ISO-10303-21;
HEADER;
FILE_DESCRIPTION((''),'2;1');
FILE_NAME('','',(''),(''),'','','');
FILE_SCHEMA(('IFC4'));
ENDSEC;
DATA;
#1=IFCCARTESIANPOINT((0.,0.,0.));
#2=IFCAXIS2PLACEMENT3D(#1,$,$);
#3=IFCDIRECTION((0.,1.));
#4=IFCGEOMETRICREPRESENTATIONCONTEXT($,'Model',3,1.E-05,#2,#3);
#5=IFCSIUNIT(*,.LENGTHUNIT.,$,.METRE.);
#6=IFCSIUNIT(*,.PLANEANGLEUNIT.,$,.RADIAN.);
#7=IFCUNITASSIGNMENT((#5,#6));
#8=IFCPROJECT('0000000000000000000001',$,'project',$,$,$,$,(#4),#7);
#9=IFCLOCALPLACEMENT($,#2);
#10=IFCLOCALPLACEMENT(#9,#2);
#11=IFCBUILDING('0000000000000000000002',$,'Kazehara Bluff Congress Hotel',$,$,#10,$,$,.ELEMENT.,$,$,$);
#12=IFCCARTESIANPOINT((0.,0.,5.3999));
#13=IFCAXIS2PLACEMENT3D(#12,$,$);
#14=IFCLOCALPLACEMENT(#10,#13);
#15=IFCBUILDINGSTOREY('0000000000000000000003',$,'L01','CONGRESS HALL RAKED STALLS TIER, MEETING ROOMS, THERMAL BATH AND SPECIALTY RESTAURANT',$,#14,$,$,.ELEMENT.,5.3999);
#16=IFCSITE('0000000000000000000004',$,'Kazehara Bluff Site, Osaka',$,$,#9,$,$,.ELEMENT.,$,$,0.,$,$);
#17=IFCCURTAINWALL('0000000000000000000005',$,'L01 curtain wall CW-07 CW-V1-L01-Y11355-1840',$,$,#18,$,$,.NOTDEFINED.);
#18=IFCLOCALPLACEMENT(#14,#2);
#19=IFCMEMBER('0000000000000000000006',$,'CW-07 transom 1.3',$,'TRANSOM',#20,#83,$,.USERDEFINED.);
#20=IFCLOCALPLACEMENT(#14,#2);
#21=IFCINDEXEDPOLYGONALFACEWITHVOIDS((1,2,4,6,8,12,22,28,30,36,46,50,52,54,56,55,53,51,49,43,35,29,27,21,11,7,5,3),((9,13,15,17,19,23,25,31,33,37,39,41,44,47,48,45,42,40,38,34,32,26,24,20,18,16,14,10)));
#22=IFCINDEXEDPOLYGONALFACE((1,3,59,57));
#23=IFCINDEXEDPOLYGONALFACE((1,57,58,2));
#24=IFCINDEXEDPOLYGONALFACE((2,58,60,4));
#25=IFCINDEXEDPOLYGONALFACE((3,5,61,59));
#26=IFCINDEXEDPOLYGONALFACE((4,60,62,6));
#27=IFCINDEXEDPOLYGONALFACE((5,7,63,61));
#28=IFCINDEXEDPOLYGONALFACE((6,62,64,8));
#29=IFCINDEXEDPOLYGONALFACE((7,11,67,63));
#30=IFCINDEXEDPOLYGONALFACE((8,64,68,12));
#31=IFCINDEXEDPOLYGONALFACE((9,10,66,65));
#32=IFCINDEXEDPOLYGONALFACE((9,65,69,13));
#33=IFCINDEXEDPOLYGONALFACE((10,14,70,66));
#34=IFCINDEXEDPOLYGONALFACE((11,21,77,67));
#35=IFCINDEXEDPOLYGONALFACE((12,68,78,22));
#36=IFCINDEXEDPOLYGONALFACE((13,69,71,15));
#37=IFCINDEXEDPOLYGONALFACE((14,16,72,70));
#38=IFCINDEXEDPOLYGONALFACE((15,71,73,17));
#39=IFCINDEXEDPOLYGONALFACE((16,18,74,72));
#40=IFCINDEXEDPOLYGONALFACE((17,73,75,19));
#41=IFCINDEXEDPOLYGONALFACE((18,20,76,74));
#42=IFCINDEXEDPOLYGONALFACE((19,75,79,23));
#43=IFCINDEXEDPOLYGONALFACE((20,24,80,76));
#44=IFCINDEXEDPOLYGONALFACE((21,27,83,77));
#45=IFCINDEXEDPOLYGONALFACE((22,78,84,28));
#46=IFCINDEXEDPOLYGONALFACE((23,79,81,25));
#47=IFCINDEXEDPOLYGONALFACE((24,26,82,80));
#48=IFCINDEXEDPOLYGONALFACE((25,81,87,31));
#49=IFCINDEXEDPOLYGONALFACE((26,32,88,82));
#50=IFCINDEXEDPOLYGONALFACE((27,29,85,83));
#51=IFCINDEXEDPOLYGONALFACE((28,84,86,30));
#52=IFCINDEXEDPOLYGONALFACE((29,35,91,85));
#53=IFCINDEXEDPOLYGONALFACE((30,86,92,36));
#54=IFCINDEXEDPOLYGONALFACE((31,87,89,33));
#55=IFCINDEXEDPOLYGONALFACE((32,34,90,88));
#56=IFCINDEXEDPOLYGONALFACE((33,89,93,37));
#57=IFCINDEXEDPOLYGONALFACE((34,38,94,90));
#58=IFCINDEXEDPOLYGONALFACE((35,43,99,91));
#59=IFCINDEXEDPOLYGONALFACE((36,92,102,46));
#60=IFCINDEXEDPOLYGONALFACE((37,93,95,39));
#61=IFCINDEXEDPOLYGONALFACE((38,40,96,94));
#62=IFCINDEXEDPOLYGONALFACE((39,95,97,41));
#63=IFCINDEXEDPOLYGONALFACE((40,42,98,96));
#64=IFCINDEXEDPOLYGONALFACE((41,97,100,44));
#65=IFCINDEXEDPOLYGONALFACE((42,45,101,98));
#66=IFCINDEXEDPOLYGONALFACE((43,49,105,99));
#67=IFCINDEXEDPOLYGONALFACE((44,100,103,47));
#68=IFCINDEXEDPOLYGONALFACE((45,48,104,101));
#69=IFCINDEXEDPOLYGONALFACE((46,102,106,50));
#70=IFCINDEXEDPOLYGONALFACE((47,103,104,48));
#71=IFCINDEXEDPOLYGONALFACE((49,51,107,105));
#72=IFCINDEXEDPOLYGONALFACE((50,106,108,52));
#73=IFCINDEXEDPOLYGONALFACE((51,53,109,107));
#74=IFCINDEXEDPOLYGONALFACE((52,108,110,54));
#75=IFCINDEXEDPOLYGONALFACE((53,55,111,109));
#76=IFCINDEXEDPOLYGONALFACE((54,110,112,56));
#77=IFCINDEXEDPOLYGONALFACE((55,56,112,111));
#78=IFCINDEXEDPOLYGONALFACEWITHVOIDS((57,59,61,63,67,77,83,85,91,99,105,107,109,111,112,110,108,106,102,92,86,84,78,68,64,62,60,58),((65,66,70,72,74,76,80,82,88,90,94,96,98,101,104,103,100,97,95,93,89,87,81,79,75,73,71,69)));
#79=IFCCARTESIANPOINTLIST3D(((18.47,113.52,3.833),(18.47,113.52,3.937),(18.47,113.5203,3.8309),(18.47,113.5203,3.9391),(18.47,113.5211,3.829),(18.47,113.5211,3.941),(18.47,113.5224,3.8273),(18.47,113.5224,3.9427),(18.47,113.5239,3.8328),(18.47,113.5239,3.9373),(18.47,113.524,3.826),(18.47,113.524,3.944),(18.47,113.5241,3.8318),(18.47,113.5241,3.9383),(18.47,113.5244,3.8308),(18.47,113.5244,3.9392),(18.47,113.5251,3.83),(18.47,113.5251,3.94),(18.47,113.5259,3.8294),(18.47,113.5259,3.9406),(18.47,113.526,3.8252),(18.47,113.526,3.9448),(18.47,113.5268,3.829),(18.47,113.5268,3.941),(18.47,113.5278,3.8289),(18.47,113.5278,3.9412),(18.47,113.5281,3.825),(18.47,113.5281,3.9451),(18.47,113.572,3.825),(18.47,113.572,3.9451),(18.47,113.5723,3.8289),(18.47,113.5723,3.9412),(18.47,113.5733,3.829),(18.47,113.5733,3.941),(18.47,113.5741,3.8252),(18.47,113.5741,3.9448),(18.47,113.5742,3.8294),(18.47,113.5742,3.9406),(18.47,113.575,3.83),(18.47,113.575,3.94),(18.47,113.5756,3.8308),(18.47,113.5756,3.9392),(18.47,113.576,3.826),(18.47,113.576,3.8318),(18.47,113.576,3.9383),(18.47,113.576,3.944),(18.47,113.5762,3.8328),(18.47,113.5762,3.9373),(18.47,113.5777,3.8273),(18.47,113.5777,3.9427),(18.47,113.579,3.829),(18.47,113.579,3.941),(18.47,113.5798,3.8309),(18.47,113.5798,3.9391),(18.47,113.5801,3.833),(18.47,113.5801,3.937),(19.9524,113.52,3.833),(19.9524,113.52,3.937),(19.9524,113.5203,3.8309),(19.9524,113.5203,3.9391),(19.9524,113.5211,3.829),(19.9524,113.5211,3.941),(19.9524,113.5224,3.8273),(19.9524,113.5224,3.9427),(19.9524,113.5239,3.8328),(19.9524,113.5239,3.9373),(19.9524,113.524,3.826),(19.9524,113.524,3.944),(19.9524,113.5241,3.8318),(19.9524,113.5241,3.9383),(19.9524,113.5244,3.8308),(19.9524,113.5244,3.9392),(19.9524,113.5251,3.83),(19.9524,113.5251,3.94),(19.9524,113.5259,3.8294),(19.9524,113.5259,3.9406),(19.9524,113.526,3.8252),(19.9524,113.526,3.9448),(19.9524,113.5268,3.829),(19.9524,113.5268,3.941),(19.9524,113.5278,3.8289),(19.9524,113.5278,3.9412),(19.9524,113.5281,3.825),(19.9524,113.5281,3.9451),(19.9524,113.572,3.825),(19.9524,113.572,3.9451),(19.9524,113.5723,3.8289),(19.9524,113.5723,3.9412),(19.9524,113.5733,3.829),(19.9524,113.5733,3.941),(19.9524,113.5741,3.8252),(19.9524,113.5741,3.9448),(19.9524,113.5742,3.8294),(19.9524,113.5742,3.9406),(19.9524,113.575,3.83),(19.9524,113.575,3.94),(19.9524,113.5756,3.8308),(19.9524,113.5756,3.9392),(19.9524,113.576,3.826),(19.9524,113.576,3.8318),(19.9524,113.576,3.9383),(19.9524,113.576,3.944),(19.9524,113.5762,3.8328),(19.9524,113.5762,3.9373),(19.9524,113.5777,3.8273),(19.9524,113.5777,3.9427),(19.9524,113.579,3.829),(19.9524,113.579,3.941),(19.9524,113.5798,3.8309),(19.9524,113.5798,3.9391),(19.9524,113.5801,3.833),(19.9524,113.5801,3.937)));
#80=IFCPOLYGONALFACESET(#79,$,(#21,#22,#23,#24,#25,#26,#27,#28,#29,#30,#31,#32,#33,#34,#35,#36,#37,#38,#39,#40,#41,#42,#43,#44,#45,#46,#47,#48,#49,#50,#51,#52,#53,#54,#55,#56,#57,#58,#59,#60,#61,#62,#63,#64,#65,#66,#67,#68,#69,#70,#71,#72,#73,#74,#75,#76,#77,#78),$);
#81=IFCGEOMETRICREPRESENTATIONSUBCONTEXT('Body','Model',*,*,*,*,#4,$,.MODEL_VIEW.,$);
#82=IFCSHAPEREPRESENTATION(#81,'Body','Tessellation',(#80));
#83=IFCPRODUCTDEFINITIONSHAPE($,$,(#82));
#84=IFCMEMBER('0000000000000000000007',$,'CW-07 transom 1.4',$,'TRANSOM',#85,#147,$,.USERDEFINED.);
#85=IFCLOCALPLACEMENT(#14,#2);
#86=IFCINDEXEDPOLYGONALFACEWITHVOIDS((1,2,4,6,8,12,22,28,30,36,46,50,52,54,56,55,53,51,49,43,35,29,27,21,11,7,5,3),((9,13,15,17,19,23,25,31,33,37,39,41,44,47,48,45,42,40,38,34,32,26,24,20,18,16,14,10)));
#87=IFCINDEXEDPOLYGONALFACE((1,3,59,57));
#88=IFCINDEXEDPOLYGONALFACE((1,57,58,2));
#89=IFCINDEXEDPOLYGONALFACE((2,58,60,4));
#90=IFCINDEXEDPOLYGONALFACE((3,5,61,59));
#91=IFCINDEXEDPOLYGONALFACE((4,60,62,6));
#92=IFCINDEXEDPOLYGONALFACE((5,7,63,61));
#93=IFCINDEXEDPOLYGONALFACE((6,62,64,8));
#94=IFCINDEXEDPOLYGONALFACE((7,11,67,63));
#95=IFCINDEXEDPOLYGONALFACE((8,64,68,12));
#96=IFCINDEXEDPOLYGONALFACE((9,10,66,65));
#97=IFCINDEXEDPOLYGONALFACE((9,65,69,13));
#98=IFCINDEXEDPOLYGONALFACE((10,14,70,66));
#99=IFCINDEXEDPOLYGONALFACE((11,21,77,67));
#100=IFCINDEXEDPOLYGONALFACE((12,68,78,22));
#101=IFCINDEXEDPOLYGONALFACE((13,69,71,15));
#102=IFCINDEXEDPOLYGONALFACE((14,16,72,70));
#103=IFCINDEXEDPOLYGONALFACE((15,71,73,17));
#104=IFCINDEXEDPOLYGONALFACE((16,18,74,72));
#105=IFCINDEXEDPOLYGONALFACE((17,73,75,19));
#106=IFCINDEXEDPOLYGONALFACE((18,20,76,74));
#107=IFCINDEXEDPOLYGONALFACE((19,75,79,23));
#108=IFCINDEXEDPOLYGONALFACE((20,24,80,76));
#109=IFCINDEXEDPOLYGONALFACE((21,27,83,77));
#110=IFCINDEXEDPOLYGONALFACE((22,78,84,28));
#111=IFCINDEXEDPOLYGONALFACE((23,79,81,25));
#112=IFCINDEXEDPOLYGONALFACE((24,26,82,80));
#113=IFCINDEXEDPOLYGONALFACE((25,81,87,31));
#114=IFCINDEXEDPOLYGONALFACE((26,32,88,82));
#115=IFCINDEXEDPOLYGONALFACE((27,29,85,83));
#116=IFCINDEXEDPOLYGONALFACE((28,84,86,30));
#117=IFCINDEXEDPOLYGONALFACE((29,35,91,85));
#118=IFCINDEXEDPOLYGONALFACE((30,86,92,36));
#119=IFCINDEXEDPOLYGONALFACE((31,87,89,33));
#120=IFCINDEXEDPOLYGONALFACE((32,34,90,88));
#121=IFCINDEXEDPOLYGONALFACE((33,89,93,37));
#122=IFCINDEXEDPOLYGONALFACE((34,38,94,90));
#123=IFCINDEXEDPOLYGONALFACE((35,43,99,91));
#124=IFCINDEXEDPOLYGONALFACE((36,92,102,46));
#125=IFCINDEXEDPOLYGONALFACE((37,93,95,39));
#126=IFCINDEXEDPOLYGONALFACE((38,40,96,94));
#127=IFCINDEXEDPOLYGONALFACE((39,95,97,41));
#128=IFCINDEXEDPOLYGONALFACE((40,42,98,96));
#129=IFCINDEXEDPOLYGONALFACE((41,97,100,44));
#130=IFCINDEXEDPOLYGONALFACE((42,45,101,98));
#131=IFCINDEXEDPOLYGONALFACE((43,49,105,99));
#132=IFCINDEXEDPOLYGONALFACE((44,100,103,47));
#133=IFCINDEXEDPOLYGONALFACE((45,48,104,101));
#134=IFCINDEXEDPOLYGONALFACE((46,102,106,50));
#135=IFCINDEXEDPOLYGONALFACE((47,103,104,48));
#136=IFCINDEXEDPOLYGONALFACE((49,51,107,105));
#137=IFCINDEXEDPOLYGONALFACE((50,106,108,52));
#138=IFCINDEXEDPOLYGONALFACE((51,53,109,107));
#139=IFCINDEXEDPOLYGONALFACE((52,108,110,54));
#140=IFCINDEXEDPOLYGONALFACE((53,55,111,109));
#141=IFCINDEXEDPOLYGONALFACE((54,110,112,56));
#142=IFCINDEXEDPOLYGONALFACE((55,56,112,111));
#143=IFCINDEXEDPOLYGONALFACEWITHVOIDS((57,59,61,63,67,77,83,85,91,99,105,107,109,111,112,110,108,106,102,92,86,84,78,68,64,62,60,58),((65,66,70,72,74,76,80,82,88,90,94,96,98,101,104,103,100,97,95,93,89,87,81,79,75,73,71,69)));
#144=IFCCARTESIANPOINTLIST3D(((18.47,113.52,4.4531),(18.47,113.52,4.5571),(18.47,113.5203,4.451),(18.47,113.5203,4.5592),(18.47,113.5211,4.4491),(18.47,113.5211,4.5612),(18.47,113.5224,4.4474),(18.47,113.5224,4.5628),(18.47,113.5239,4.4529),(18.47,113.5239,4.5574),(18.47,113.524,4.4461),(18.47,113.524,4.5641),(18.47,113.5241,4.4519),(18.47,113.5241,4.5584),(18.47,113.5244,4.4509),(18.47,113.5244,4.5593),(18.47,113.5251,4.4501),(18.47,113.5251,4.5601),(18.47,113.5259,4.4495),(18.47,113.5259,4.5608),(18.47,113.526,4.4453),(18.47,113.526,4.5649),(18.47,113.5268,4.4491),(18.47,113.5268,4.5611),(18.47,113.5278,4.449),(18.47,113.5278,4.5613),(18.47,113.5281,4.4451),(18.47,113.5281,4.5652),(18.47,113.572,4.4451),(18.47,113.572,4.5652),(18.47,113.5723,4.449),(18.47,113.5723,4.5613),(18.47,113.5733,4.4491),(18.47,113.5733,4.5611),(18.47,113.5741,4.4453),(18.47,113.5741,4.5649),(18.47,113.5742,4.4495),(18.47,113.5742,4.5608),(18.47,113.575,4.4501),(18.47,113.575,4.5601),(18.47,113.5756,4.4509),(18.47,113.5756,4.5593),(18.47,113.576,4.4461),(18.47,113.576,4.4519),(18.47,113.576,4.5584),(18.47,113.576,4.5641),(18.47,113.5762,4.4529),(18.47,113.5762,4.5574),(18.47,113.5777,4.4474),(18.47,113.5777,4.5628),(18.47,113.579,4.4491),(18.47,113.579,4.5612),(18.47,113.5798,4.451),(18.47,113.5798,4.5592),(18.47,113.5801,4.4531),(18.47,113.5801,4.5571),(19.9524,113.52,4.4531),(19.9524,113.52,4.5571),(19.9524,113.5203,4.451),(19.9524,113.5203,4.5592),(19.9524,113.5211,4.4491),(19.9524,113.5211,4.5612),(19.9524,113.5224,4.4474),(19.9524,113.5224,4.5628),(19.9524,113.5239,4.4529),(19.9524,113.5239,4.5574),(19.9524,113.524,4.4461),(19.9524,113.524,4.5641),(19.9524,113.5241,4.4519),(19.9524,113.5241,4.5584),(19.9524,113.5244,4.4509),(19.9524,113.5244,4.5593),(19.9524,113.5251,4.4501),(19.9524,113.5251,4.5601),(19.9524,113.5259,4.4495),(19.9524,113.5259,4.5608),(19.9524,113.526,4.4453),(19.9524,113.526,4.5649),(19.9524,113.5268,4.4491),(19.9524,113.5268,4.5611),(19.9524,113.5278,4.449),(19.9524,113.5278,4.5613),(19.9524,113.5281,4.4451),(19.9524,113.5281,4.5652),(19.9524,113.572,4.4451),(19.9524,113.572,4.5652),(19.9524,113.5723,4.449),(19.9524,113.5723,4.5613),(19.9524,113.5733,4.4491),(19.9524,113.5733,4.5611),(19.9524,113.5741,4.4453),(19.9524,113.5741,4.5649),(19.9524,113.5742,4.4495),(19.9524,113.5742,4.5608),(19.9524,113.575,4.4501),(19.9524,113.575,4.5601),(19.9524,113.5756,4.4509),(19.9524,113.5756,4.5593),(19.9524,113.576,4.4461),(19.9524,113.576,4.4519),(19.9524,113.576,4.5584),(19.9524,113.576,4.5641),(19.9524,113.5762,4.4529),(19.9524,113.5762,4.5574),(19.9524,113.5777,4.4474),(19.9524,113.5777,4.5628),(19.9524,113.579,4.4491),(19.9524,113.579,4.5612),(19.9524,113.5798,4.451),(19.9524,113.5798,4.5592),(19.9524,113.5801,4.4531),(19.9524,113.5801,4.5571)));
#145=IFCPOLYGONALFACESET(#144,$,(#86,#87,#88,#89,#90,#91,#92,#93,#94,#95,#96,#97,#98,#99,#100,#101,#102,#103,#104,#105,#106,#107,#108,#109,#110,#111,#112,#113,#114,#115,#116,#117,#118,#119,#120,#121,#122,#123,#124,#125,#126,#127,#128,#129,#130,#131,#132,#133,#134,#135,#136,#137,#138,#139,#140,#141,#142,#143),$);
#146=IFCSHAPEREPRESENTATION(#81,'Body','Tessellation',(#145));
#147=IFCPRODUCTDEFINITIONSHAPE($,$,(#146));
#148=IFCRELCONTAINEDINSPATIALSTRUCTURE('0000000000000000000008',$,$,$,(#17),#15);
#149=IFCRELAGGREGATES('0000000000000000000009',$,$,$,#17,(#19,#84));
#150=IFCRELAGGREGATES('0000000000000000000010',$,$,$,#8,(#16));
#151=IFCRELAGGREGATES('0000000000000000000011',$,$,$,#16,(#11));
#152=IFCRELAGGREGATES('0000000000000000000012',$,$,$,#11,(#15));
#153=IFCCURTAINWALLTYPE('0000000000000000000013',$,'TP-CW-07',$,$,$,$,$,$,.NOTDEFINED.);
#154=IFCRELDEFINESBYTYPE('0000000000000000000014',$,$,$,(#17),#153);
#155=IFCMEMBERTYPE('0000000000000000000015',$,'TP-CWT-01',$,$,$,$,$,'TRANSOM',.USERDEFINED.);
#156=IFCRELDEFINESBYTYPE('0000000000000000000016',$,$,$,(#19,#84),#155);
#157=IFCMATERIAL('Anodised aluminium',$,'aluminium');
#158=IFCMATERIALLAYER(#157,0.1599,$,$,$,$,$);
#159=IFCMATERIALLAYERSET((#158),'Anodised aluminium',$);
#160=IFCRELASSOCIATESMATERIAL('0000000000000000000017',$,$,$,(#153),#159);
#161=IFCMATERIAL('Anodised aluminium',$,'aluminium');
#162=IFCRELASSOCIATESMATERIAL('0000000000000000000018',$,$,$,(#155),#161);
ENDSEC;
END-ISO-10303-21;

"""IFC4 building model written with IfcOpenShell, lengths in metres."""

from ifc_helpers import new_model, si_unit, direction, frame, origin, origin_2d, place, context, subcontext, project, spatial, hollow_rectangle, extrude, material, layer, layer_set, material_profile, profile_set, type_object, element, aggregate, save


model = new_model("IFC4")

# Units and contexts
model_context = context("Model", 3, precision=1e-05, world=origin(), true_north=direction((0.0, 1.0)))
body_context = subcontext(model_context, "Body", "Model", "MODEL_VIEW")
ifc_project = project(units=[si_unit("LENGTHUNIT", "METRE"), si_unit("PLANEANGLEUNIT", "RADIAN")], contexts=[model_context])

# Site, building, storey
site_placement = place(None, origin())
site = spatial("IfcSite", under=ifc_project, at=site_placement, Name="Kazehara Bluff Site, Osaka", CompositionType="ELEMENT", RefElevation=0.0)
building_placement = place(site_placement, origin())
building = spatial("IfcBuilding", under=site, at=building_placement, Name="Kazehara Bluff Congress Hotel", CompositionType="ELEMENT")
storey_placement = place(building_placement, frame((0.0, 0.0, 5.3999)))
storey = spatial("IfcBuildingStorey", under=building, at=storey_placement, Name="L01", Description="CONGRESS HALL RAKED STALLS TIER, MEETING ROOMS, THERMAL BATH AND SPECIALTY RESTAURANT", CompositionType="ELEMENT", Elevation=5.3999)

# Curtain wall, members
ifc_material_1 = material(Name="Anodised aluminium", Category="aluminium")
ifc_layer_1 = layer(ifc_material_1, 0.1599)
ifc_layer_set_1 = layer_set([ifc_layer_1], Name="Anodised aluminium")
curtain_wall_type = type_object("IfcCurtainWallType", Name="TP-CW-07", PredefinedType="NOTDEFINED", material=ifc_layer_set_1)
curtain_wall_placement = place(storey_placement, origin())
curtain_wall = element("IfcCurtainWall", 1, at=curtain_wall_placement, inside=storey, type_object=curtain_wall_type, Name="L01 curtain wall CW-07 CW-V1-L01-Y11355-1840", PredefinedType="NOTDEFINED")
ifc_material_2 = material(Name="Anodised aluminium", Category="aluminium")
ifc_material_profile_1 = material_profile(ifc_material_2, hollow_rectangle(XDim=0.0601, YDim=0.1201, WallThickness=0.0039, InnerFilletRadius=0.0039, OuterFilletRadius=0.0081, at=origin_2d()))
ifc_profile_set_1 = profile_set([ifc_material_profile_1], Name="Anodised aluminium")
member_type_1 = type_object("IfcMemberType", Name="TP-CWT-01", ElementType="TRANSOM", PredefinedType="USERDEFINED", material=ifc_profile_set_1)
member_1_placement = place(storey_placement, frame((18.47, 113.55, 3.885), z_axis=(1.0, 0.0, 0.0), x_axis=(0.0, 1.0, 0.0)))
member_1 = element("IfcMember", 2, at=member_1_placement, type_object=member_type_1, Name="CW-07 transom 1.3", ObjectType="TRANSOM", PredefinedType="USERDEFINED", context=body_context, shape_type="SweptSolid", body=[
    extrude(hollow_rectangle(XDim=0.0601, YDim=0.1201, WallThickness=0.0039, InnerFilletRadius=0.0039, OuterFilletRadius=0.0081, at=origin_2d()), origin(), (0.0, 0.0, 1.0), 1.4824),
])
member_2_placement = place(storey_placement, frame((18.47, 113.55, 4.5051), z_axis=(1.0, 0.0, 0.0), x_axis=(0.0, 1.0, 0.0)))
member_2 = element("IfcMember", 3, at=member_2_placement, type_object=member_type_1, Name="CW-07 transom 1.4", ObjectType="TRANSOM", PredefinedType="USERDEFINED", context=body_context, shape_type="SweptSolid", body=[
    extrude(hollow_rectangle(XDim=0.0601, YDim=0.1201, WallThickness=0.0039, InnerFilletRadius=0.0039, OuterFilletRadius=0.0081, at=origin_2d()), origin(), (0.0, 0.0, 1.0), 1.4824),
])

aggregate(curtain_wall, [member_1, member_2])

save(model, "model.ifc")
